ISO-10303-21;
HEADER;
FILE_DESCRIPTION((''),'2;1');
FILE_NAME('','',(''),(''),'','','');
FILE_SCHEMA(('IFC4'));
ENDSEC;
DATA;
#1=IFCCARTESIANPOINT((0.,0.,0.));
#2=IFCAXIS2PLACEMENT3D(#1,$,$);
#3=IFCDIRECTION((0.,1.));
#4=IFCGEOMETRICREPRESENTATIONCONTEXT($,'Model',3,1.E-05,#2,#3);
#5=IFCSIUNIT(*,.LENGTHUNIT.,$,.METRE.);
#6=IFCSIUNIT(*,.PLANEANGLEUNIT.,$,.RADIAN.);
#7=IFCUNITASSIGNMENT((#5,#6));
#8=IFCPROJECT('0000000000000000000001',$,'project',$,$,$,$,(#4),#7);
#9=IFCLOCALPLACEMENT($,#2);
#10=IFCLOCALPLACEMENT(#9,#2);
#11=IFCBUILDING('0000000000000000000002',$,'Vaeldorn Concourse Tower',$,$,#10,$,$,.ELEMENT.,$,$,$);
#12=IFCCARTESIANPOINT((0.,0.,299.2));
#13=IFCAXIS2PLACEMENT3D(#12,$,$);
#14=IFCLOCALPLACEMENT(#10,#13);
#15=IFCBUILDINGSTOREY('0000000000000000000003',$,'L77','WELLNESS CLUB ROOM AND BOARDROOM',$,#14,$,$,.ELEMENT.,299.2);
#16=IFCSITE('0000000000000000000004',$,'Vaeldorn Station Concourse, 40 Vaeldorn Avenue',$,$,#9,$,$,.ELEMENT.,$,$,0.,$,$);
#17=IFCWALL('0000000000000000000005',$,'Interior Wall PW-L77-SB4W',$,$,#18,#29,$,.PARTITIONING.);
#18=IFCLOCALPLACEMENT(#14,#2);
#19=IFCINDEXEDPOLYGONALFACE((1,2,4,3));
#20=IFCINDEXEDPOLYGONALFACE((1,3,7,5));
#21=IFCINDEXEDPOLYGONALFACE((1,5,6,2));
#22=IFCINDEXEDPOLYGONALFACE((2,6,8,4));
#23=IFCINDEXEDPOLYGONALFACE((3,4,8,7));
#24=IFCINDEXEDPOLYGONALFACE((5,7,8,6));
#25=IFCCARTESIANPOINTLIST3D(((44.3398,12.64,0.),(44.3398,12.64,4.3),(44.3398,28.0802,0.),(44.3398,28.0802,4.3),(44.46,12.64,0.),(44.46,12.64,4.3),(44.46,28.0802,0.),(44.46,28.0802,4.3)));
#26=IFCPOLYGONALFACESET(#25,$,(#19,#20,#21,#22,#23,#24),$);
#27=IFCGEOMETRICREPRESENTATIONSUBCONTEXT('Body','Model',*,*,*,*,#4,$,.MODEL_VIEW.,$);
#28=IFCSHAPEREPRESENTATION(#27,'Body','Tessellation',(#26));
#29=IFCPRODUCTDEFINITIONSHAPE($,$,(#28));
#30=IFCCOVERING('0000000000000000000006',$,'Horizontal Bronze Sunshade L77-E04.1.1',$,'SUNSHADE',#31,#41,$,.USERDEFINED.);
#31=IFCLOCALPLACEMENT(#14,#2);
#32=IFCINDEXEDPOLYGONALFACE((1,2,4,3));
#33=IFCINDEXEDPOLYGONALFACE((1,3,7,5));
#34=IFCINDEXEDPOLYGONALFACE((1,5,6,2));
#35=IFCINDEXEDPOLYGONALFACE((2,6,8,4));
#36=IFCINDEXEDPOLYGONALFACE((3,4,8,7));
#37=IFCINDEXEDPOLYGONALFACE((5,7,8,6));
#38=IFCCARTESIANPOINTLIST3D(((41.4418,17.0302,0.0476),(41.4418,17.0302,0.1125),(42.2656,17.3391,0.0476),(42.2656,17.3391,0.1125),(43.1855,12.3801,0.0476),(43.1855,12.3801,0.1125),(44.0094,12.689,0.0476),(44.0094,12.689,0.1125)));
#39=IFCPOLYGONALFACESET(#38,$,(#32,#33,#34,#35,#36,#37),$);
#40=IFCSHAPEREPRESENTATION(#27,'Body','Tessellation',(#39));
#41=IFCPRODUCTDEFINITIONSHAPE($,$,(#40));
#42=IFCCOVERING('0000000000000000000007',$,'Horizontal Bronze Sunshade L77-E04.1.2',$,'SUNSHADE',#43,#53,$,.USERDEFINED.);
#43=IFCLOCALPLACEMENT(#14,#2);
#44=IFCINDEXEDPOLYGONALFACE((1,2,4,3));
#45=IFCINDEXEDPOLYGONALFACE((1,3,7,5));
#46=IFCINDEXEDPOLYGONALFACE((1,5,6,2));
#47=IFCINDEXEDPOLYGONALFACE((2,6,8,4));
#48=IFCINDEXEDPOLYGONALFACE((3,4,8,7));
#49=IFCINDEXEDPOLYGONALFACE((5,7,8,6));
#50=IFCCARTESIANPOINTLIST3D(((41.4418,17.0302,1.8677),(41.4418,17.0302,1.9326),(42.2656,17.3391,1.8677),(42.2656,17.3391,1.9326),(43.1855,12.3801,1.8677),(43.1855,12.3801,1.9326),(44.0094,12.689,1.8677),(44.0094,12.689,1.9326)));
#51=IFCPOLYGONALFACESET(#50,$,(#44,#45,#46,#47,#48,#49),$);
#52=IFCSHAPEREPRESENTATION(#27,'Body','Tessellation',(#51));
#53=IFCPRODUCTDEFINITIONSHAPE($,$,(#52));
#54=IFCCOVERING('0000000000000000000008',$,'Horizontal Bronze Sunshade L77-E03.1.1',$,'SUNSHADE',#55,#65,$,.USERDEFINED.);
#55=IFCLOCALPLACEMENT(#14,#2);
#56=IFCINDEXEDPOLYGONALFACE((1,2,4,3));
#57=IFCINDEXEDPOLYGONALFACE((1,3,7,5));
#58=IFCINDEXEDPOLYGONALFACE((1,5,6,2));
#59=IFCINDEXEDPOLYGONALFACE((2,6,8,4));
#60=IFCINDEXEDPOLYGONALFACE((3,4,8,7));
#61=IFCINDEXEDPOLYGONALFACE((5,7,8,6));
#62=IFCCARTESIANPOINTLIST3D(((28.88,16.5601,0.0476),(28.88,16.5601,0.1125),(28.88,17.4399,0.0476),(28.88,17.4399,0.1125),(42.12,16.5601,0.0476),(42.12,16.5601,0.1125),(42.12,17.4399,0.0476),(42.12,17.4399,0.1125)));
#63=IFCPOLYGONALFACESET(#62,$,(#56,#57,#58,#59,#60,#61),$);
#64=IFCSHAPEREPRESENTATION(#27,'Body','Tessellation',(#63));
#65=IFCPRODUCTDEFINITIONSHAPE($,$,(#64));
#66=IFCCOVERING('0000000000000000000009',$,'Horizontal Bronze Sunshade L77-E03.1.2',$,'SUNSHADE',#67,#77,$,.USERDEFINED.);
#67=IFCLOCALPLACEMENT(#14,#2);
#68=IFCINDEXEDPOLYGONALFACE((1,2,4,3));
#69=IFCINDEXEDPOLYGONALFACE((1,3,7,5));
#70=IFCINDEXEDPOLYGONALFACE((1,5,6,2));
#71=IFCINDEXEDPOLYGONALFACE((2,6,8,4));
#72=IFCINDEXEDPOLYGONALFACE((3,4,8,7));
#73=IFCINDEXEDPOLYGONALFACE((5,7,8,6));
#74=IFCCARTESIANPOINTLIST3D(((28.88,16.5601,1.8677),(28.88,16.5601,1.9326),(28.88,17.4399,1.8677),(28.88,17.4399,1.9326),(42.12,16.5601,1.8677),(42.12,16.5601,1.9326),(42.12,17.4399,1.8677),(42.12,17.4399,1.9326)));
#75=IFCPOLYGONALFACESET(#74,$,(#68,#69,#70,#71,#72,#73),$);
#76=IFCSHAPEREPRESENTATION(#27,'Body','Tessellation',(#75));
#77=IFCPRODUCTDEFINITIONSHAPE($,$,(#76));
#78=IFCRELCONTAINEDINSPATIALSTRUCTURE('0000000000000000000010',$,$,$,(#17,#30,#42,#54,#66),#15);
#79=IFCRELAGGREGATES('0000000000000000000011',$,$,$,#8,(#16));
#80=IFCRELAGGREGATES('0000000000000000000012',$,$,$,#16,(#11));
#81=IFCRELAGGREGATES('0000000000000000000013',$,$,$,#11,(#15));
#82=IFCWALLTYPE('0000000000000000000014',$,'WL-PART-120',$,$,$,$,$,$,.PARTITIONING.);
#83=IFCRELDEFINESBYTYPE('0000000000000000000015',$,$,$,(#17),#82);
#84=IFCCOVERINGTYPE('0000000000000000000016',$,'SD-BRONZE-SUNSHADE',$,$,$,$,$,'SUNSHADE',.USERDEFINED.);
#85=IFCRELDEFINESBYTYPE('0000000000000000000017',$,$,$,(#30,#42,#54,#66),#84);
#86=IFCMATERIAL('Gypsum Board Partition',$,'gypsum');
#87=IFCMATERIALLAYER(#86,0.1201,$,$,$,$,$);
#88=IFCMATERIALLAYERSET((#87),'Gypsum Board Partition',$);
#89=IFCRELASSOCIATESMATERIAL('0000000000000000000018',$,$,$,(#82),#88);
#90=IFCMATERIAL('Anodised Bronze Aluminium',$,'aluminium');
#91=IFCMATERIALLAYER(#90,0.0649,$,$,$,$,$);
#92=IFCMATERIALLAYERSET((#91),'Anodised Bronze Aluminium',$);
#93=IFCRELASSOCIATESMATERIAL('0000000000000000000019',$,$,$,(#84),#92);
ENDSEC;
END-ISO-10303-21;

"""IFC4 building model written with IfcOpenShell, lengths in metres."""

from ifc_helpers import new_model, si_unit, direction, frame, frame_2d, origin, origin_2d, place, context, subcontext, project, spatial, rectangle, extrude, source, transform, mapped, material, layer, layer_set, type_object, element, save


model = new_model("IFC4")

# Units and contexts
model_context = context("Model", 3, precision=1e-05, world=origin(), true_north=direction((0.0, 1.0)))
body_context = subcontext(model_context, "Body", "Model", "MODEL_VIEW")
ifc_project = project(units=[si_unit("LENGTHUNIT", "METRE"), si_unit("PLANEANGLEUNIT", "RADIAN")], contexts=[model_context])

# Site, building, storey
site_placement = place(None, origin())
site = spatial("IfcSite", under=ifc_project, at=site_placement, Name="Vaeldorn Station Concourse, 40 Vaeldorn Avenue", CompositionType="ELEMENT", RefElevation=0.0)
building_placement = place(site_placement, origin())
building = spatial("IfcBuilding", under=site, at=building_placement, Name="Vaeldorn Concourse Tower", CompositionType="ELEMENT")
storey_placement = place(building_placement, frame((0.0, 0.0, 299.2)))
storey = spatial("IfcBuildingStorey", under=building, at=storey_placement, Name="L77", Description="WELLNESS CLUB ROOM AND BOARDROOM", CompositionType="ELEMENT", Elevation=299.2)

# Shared definitions
ifc_material_1 = material(Name="Anodised Bronze Aluminium", Category="aluminium")

# Wall
ifc_material_2 = material(Name="Gypsum Board Partition", Category="gypsum")
ifc_layer_1 = layer(ifc_material_2, 0.1201)
ifc_layer_set_1 = layer_set([ifc_layer_1], Name="Gypsum Board Partition")
wall_type = type_object("IfcWallType", Name="WL-PART-120", PredefinedType="PARTITIONING", material=ifc_layer_set_1)
wall_placement = place(storey_placement, frame((44.3999, 12.6399, 0.0), z_axis=(0.0, 0.0, 1.0), x_axis=(0.0, 1.0, 0.0)))
element("IfcWall", 1, at=wall_placement, inside=storey, type_object=wall_type, Name="Interior Wall PW-L77-SB4W", PredefinedType="PARTITIONING", context=body_context, shape_type="SweptSolid", body=[
    extrude(rectangle(XDim=15.4402, YDim=0.1201, at=frame_2d((7.7202, 0.0))), origin(), (0.0, 0.0, 1.0), 4.3),
])

# Coverings
ifc_layer_2 = layer(ifc_material_1, 0.0649)
ifc_layer_set_2 = layer_set([ifc_layer_2], Name="Anodised Bronze Aluminium")
covering_type = type_object("IfcCoveringType", Name="SD-BRONZE-SUNSHADE", ElementType="SUNSHADE", PredefinedType="USERDEFINED", material=ifc_layer_set_2)
shared_shape_1 = source(origin(), body_context, "Body", "SweptSolid", [
    extrude(rectangle(XDim=4.9663, YDim=0.8799, at=origin_2d()), origin(), (0.0, 0.0, 1.0), 0.0649),
])
for number, where, z_axis, x_axis, name in (
    (2, (42.7256, 14.8596, 0.0476), (0.0, 0.0, 1.0), (0.351123, -0.936329, 0.0), "Horizontal Bronze Sunshade L77-E04.1.1"),
    (3, (42.7256, 14.8596, 1.8677), (0.0, 0.0, 1.0), (0.351123, -0.936329, 0.0), "Horizontal Bronze Sunshade L77-E04.1.2"),
):
    element("IfcCovering", number, at=place(storey_placement, frame(where, z_axis=z_axis, x_axis=x_axis)), inside=storey, type_object=covering_type, Name=name, ObjectType="SUNSHADE", PredefinedType="USERDEFINED", context=body_context, shape_type="MappedRepresentation", body=[
        mapped(shared_shape_1, transform((0.0, 0.0, 0.0), scale=1.0)),
    ])
shared_shape_2 = source(origin(), body_context, "Body", "SweptSolid", [
    extrude(rectangle(XDim=13.24, YDim=0.8799, at=origin_2d()), origin(), (0.0, 0.0, 1.0), 0.0649),
])
for number, where, z_axis, x_axis, name in (
    (4, (35.5, 17.0, 0.0476), (0.0, 0.0, 1.0), (1.0, 0.0, 0.0), "Horizontal Bronze Sunshade L77-E03.1.1"),
    (5, (35.5, 17.0, 1.8677), (0.0, 0.0, 1.0), (1.0, 0.0, 0.0), "Horizontal Bronze Sunshade L77-E03.1.2"),
):
    element("IfcCovering", number, at=place(storey_placement, frame(where, z_axis=z_axis, x_axis=x_axis)), inside=storey, type_object=covering_type, Name=name, ObjectType="SUNSHADE", PredefinedType="USERDEFINED", context=body_context, shape_type="MappedRepresentation", body=[
        mapped(shared_shape_2, transform((0.0, 0.0, 0.0), scale=1.0)),
    ])

save(model, "model.ifc")
